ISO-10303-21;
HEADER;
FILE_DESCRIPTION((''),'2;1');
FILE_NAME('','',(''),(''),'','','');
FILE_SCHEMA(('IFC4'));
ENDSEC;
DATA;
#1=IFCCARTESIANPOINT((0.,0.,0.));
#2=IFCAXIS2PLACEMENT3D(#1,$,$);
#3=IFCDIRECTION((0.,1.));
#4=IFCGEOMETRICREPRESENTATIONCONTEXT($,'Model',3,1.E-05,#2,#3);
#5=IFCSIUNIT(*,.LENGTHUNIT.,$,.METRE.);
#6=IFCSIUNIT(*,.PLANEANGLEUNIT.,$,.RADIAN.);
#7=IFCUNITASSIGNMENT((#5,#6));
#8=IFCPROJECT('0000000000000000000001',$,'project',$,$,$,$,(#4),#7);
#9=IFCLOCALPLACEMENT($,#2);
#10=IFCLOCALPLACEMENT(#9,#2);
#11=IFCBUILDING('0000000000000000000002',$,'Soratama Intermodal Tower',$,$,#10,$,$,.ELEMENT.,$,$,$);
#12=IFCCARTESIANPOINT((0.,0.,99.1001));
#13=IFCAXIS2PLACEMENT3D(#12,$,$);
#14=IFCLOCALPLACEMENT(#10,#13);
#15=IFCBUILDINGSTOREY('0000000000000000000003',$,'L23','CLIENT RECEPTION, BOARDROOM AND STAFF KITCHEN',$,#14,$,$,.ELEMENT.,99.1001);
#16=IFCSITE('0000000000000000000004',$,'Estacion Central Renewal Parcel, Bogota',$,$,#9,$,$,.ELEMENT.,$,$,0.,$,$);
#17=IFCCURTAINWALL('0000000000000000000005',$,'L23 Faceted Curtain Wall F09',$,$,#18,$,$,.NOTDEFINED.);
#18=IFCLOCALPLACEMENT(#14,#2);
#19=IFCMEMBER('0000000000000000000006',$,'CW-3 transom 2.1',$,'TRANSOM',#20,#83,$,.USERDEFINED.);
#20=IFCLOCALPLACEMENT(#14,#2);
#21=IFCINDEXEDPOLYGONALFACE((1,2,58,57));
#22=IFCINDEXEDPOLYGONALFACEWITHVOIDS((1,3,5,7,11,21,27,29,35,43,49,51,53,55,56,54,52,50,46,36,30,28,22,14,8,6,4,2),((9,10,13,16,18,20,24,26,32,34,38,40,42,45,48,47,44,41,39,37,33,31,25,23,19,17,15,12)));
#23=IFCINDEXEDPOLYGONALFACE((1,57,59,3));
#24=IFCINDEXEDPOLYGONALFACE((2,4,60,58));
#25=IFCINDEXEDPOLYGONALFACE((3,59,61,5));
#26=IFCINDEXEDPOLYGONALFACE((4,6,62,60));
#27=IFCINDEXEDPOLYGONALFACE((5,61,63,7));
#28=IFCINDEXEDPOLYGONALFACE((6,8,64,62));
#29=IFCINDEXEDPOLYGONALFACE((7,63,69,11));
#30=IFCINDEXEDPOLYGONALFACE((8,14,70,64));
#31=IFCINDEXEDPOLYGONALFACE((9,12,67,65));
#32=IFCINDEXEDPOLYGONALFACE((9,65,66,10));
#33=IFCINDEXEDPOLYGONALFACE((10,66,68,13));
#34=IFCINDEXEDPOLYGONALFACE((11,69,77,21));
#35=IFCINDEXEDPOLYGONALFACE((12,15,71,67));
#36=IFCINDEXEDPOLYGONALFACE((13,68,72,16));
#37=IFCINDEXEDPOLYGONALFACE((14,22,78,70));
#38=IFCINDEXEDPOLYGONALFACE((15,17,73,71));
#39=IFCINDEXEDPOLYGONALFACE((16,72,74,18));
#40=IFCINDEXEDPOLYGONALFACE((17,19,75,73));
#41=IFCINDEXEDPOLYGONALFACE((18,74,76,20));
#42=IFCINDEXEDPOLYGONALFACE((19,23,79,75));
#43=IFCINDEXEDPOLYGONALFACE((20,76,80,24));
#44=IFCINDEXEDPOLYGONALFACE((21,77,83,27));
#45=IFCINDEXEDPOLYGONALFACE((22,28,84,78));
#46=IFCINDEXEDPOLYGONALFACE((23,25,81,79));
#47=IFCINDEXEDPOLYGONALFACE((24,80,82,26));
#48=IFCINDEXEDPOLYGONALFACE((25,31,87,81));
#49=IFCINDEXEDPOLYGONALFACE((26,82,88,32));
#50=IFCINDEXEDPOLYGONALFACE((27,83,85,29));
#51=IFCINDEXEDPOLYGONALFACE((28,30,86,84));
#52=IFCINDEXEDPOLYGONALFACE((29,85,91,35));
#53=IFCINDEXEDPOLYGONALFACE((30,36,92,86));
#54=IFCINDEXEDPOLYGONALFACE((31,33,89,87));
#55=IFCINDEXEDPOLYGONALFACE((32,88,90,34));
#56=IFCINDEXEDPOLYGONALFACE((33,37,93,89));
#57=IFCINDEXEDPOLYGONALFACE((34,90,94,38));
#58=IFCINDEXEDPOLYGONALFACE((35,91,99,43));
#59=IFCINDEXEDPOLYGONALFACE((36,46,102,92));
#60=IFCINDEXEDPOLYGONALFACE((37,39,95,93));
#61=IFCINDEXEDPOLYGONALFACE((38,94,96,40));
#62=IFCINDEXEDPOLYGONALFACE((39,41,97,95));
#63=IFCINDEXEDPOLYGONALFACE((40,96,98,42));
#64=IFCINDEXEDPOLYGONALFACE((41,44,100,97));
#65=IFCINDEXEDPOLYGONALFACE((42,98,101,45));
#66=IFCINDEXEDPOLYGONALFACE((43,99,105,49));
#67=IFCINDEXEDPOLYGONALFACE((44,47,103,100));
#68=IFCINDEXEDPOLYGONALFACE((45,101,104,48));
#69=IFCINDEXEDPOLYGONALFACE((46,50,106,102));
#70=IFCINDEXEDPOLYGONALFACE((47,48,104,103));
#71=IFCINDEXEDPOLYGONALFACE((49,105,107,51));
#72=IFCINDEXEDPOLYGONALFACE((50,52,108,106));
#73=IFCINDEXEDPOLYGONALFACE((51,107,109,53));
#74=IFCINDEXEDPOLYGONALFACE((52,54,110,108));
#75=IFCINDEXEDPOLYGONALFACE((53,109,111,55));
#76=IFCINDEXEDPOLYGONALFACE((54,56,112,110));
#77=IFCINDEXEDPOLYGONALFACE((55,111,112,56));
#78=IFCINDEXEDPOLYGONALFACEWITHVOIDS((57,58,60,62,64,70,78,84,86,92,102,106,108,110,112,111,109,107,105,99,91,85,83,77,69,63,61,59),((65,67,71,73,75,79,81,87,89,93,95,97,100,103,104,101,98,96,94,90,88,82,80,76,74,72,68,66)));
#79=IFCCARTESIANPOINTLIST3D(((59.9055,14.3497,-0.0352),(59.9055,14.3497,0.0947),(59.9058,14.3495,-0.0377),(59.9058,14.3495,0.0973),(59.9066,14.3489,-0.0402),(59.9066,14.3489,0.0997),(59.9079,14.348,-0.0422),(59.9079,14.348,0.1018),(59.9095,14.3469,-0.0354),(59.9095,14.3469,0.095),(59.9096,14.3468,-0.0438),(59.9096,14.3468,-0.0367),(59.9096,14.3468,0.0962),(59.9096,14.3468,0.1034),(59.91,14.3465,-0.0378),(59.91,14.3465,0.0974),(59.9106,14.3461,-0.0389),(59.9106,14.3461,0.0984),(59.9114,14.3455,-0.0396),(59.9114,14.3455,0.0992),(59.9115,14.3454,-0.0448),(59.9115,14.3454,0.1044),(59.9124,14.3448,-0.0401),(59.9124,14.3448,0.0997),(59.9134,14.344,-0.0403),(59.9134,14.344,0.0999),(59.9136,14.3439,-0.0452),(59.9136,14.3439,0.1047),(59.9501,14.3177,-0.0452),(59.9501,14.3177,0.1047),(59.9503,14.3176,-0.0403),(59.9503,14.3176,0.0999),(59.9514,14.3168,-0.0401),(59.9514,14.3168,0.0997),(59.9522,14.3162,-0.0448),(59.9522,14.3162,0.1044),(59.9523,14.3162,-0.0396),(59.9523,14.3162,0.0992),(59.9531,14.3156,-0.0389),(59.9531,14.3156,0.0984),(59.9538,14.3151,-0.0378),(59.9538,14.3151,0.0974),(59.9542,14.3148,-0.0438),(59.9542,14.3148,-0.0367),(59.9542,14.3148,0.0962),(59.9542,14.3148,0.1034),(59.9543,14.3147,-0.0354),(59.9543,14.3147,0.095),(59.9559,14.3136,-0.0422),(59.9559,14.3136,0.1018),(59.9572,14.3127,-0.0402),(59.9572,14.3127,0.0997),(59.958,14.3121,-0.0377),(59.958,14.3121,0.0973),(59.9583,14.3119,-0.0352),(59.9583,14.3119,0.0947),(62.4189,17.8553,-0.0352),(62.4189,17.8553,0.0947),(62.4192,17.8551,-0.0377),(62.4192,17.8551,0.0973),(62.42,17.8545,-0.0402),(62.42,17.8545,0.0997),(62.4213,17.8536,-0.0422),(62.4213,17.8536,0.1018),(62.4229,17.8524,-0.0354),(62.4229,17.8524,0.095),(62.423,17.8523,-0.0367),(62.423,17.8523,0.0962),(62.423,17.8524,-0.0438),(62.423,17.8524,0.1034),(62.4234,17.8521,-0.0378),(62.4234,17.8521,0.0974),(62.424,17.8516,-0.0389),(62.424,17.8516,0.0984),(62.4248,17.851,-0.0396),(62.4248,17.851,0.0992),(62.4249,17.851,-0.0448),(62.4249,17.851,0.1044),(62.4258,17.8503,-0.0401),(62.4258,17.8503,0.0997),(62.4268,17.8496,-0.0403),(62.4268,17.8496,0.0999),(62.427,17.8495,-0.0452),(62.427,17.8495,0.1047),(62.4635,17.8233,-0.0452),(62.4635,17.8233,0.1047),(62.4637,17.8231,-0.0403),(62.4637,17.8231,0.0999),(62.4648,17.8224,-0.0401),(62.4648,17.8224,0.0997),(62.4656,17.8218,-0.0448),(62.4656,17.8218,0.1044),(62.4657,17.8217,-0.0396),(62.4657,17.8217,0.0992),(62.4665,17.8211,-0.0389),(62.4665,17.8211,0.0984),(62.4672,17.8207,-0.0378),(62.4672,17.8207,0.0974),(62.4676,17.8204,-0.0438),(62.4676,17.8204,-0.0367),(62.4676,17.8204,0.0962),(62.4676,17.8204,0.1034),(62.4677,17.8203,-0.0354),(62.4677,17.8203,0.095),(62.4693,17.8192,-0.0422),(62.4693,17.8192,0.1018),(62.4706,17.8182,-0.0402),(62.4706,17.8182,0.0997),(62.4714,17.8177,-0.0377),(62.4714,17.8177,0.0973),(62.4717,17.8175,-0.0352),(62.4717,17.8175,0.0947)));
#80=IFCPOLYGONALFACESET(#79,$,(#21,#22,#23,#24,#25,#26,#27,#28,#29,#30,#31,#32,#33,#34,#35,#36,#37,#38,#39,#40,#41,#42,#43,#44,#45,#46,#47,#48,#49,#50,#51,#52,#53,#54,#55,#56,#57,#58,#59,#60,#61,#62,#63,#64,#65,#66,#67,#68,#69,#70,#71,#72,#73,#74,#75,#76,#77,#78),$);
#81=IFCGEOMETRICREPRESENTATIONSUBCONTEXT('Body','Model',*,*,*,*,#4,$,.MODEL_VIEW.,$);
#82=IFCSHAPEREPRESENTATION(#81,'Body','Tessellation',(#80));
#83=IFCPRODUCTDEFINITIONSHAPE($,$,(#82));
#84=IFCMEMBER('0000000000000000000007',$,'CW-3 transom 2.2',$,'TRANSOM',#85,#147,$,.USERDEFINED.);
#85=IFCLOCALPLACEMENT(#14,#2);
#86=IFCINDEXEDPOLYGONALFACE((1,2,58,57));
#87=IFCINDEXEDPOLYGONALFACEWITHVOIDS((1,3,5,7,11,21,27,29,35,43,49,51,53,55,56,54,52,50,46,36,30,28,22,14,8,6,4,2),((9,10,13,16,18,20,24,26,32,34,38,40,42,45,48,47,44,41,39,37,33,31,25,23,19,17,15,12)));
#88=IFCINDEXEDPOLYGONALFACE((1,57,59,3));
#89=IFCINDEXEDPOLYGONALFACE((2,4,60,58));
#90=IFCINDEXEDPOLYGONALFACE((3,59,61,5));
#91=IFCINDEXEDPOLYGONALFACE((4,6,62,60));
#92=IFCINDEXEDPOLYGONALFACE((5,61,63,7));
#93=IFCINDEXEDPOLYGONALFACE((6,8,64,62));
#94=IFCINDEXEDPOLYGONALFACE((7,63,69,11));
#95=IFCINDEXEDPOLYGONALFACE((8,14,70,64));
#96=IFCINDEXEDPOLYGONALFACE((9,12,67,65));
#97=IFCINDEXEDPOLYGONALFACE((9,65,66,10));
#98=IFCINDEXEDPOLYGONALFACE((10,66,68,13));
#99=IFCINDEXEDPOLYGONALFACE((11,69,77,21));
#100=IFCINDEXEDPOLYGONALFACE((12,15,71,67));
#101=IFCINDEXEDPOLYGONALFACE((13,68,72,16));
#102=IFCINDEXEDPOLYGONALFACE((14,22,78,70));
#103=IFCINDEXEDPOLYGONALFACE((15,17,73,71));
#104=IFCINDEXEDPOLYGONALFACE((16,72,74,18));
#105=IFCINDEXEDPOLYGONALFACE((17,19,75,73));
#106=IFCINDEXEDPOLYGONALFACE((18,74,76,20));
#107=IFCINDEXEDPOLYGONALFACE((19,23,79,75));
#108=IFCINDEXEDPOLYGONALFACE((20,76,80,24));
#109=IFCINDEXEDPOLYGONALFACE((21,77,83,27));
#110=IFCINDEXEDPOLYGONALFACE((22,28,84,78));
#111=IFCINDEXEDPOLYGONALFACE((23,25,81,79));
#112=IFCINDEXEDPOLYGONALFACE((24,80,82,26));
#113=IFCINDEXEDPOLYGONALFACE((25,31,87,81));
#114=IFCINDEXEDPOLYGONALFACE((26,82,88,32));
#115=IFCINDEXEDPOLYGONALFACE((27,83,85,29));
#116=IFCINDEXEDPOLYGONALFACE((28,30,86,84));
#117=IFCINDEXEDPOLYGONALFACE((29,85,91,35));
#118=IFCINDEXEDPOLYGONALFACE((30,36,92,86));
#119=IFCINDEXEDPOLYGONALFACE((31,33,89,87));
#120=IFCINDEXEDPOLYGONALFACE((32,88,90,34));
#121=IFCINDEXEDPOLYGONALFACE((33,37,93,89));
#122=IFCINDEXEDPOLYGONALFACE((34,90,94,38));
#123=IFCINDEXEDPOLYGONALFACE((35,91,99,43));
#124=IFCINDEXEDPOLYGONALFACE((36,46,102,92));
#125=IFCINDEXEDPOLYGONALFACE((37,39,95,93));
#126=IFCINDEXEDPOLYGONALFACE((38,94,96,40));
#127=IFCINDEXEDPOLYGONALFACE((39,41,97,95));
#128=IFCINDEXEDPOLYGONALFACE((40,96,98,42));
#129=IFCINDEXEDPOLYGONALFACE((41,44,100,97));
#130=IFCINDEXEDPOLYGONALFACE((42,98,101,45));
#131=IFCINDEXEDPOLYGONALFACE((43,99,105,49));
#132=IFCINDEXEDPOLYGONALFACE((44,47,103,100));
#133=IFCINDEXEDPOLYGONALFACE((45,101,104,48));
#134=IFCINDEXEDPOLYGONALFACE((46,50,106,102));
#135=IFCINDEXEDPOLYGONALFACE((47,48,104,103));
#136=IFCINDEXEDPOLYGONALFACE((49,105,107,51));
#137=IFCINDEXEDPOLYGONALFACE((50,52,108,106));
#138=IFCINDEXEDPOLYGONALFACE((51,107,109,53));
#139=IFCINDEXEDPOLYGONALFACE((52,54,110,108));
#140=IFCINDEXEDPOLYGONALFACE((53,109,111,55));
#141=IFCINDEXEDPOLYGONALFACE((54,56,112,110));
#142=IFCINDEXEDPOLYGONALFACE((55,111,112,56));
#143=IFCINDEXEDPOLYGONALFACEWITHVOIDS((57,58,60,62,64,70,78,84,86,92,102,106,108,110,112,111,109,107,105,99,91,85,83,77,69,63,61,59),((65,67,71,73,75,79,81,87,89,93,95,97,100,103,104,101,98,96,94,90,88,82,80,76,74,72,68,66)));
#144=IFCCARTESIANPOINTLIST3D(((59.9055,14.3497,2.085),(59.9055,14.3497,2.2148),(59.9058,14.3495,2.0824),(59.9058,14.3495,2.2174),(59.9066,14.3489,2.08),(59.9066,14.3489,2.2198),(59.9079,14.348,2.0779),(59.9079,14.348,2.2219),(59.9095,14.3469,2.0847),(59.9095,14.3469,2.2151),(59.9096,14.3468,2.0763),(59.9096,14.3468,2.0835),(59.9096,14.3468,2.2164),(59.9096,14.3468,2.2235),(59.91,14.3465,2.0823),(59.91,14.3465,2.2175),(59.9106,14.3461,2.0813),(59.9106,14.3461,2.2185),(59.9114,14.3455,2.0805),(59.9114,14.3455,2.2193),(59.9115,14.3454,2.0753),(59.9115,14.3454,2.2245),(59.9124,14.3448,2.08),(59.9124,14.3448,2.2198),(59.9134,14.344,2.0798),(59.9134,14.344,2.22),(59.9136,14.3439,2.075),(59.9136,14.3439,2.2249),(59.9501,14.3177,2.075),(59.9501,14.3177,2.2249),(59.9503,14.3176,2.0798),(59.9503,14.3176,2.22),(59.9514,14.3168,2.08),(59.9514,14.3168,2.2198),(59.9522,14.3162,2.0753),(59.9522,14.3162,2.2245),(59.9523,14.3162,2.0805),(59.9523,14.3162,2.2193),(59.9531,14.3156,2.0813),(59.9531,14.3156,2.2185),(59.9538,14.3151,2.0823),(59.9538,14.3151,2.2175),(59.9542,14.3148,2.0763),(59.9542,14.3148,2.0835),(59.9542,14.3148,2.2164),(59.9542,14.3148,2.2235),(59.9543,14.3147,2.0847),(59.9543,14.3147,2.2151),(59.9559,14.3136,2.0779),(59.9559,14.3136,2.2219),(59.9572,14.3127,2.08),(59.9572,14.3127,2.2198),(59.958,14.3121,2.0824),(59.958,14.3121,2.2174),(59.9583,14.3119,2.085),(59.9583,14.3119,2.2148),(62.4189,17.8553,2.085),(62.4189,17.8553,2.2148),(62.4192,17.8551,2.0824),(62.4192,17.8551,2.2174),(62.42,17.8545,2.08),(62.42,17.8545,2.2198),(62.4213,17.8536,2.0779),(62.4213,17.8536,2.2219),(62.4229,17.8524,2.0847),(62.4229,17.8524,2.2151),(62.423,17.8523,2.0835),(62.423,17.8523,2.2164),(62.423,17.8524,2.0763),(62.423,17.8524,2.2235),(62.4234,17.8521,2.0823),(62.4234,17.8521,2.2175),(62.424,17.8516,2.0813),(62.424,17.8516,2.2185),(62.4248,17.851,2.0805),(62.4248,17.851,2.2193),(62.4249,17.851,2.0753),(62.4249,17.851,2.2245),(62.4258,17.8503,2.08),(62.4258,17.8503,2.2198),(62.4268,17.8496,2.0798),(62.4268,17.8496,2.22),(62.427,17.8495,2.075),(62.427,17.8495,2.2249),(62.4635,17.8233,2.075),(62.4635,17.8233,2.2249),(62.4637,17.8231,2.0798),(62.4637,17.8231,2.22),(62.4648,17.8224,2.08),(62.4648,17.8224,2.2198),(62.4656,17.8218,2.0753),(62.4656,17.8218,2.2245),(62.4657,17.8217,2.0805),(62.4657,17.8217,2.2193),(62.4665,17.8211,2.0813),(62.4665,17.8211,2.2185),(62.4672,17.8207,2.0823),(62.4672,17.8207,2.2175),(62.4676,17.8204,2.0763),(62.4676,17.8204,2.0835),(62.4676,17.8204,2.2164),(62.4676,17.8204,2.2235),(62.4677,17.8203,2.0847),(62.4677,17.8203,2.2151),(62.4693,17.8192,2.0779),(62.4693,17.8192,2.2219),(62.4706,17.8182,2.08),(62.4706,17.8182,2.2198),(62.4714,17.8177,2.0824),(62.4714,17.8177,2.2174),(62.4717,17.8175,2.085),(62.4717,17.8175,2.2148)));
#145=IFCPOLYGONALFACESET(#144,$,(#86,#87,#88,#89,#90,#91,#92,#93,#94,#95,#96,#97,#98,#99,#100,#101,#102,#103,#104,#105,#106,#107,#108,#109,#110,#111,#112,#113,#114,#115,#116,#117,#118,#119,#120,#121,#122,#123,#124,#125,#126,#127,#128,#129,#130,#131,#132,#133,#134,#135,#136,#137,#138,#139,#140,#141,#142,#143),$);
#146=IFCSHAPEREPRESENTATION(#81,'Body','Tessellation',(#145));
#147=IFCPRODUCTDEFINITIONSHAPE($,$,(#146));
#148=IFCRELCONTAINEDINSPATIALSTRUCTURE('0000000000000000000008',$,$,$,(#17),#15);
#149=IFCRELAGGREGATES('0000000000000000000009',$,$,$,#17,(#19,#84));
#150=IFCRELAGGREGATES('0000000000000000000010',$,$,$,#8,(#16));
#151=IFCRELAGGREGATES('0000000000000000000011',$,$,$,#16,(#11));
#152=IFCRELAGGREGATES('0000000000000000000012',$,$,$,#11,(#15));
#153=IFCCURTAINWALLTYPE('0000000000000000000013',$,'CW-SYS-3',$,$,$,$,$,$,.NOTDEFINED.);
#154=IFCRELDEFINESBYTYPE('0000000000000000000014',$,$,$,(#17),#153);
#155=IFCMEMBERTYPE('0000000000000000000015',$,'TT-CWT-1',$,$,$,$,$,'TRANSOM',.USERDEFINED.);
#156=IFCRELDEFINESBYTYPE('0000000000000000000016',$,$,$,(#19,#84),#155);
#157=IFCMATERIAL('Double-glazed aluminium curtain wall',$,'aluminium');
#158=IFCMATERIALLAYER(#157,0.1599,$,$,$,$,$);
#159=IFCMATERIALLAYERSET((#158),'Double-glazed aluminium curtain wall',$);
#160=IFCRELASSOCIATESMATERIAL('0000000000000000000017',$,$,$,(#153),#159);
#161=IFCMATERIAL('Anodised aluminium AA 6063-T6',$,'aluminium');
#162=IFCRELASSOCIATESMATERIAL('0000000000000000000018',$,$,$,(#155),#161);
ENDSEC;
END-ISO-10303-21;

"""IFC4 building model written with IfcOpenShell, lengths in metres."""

from ifc_helpers import new_model, si_unit, direction, frame, origin, origin_2d, place, context, subcontext, project, spatial, hollow_rectangle, extrude, material, layer, layer_set, material_profile, profile_set, type_object, element, aggregate, save


model = new_model("IFC4")

# Units and contexts
model_context = context("Model", 3, precision=1e-05, world=origin(), true_north=direction((0.0, 1.0)))
body_context = subcontext(model_context, "Body", "Model", "MODEL_VIEW")
ifc_project = project(units=[si_unit("LENGTHUNIT", "METRE"), si_unit("PLANEANGLEUNIT", "RADIAN")], contexts=[model_context])

# Site, building, storey
site_placement = place(None, origin())
site = spatial("IfcSite", under=ifc_project, at=site_placement, Name="Estacion Central Renewal Parcel, Bogota", CompositionType="ELEMENT", RefElevation=0.0)
building_placement = place(site_placement, origin())
building = spatial("IfcBuilding", under=site, at=building_placement, Name="Soratama Intermodal Tower", CompositionType="ELEMENT")
storey_placement = place(building_placement, frame((0.0, 0.0, 99.1001)))
storey = spatial("IfcBuildingStorey", under=building, at=storey_placement, Name="L23", Description="CLIENT RECEPTION, BOARDROOM AND STAFF KITCHEN", CompositionType="ELEMENT", Elevation=99.1001)

# Curtain wall, members
ifc_material_1 = material(Name="Double-glazed aluminium curtain wall", Category="aluminium")
ifc_layer_1 = layer(ifc_material_1, 0.1599)
ifc_layer_set_1 = layer_set([ifc_layer_1], Name="Double-glazed aluminium curtain wall")
curtain_wall_type = type_object("IfcCurtainWallType", Name="CW-SYS-3", PredefinedType="NOTDEFINED", material=ifc_layer_set_1)
curtain_wall_placement = place(storey_placement, origin())
curtain_wall = element("IfcCurtainWall", 1, at=curtain_wall_placement, inside=storey, type_object=curtain_wall_type, Name="L23 Faceted Curtain Wall F09", PredefinedType="NOTDEFINED")
ifc_material_2 = material(Name="Anodised aluminium AA 6063-T6", Category="aluminium")
ifc_material_profile_1 = material_profile(ifc_material_2, hollow_rectangle(XDim=0.0649, YDim=0.1499, WallThickness=0.0049, InnerFilletRadius=0.0049, OuterFilletRadius=0.01, at=origin_2d()), Name="CWT150X65X5")
ifc_profile_set_1 = profile_set([ifc_material_profile_1], Name="Anodised aluminium AA 6063-T6")
member_type_1 = type_object("IfcMemberType", Name="TT-CWT-1", ElementType="TRANSOM", PredefinedType="USERDEFINED", material=ifc_profile_set_1)
member_1_placement = place(storey_placement, frame((59.9319, 14.3308, 0.0298), z_axis=(0.582683, 0.8127, 0.0), x_axis=(-0.8127, 0.582683, 0.0)))
member_1 = element("IfcMember", 2, at=member_1_placement, type_object=member_type_1, Name="CW-3 transom 2.1", ObjectType="TRANSOM", PredefinedType="USERDEFINED", context=body_context, shape_type="SweptSolid", body=[
    extrude(hollow_rectangle(XDim=0.0649, YDim=0.1499, WallThickness=0.0049, InnerFilletRadius=0.0049, OuterFilletRadius=0.01, at=origin_2d()), origin(), (0.0, 0.0, 1.0), 4.3135),
])
member_2_placement = place(storey_placement, frame((59.9319, 14.3308, 2.1499), z_axis=(0.582683, 0.8127, 0.0), x_axis=(-0.8127, 0.582683, 0.0)))
member_2 = element("IfcMember", 3, at=member_2_placement, type_object=member_type_1, Name="CW-3 transom 2.2", ObjectType="TRANSOM", PredefinedType="USERDEFINED", context=body_context, shape_type="SweptSolid", body=[
    extrude(hollow_rectangle(XDim=0.0649, YDim=0.1499, WallThickness=0.0049, InnerFilletRadius=0.0049, OuterFilletRadius=0.01, at=origin_2d()), origin(), (0.0, 0.0, 1.0), 4.3135),
])
aggregate(curtain_wall, [member_1, member_2])

save(model, "model.ifc")
